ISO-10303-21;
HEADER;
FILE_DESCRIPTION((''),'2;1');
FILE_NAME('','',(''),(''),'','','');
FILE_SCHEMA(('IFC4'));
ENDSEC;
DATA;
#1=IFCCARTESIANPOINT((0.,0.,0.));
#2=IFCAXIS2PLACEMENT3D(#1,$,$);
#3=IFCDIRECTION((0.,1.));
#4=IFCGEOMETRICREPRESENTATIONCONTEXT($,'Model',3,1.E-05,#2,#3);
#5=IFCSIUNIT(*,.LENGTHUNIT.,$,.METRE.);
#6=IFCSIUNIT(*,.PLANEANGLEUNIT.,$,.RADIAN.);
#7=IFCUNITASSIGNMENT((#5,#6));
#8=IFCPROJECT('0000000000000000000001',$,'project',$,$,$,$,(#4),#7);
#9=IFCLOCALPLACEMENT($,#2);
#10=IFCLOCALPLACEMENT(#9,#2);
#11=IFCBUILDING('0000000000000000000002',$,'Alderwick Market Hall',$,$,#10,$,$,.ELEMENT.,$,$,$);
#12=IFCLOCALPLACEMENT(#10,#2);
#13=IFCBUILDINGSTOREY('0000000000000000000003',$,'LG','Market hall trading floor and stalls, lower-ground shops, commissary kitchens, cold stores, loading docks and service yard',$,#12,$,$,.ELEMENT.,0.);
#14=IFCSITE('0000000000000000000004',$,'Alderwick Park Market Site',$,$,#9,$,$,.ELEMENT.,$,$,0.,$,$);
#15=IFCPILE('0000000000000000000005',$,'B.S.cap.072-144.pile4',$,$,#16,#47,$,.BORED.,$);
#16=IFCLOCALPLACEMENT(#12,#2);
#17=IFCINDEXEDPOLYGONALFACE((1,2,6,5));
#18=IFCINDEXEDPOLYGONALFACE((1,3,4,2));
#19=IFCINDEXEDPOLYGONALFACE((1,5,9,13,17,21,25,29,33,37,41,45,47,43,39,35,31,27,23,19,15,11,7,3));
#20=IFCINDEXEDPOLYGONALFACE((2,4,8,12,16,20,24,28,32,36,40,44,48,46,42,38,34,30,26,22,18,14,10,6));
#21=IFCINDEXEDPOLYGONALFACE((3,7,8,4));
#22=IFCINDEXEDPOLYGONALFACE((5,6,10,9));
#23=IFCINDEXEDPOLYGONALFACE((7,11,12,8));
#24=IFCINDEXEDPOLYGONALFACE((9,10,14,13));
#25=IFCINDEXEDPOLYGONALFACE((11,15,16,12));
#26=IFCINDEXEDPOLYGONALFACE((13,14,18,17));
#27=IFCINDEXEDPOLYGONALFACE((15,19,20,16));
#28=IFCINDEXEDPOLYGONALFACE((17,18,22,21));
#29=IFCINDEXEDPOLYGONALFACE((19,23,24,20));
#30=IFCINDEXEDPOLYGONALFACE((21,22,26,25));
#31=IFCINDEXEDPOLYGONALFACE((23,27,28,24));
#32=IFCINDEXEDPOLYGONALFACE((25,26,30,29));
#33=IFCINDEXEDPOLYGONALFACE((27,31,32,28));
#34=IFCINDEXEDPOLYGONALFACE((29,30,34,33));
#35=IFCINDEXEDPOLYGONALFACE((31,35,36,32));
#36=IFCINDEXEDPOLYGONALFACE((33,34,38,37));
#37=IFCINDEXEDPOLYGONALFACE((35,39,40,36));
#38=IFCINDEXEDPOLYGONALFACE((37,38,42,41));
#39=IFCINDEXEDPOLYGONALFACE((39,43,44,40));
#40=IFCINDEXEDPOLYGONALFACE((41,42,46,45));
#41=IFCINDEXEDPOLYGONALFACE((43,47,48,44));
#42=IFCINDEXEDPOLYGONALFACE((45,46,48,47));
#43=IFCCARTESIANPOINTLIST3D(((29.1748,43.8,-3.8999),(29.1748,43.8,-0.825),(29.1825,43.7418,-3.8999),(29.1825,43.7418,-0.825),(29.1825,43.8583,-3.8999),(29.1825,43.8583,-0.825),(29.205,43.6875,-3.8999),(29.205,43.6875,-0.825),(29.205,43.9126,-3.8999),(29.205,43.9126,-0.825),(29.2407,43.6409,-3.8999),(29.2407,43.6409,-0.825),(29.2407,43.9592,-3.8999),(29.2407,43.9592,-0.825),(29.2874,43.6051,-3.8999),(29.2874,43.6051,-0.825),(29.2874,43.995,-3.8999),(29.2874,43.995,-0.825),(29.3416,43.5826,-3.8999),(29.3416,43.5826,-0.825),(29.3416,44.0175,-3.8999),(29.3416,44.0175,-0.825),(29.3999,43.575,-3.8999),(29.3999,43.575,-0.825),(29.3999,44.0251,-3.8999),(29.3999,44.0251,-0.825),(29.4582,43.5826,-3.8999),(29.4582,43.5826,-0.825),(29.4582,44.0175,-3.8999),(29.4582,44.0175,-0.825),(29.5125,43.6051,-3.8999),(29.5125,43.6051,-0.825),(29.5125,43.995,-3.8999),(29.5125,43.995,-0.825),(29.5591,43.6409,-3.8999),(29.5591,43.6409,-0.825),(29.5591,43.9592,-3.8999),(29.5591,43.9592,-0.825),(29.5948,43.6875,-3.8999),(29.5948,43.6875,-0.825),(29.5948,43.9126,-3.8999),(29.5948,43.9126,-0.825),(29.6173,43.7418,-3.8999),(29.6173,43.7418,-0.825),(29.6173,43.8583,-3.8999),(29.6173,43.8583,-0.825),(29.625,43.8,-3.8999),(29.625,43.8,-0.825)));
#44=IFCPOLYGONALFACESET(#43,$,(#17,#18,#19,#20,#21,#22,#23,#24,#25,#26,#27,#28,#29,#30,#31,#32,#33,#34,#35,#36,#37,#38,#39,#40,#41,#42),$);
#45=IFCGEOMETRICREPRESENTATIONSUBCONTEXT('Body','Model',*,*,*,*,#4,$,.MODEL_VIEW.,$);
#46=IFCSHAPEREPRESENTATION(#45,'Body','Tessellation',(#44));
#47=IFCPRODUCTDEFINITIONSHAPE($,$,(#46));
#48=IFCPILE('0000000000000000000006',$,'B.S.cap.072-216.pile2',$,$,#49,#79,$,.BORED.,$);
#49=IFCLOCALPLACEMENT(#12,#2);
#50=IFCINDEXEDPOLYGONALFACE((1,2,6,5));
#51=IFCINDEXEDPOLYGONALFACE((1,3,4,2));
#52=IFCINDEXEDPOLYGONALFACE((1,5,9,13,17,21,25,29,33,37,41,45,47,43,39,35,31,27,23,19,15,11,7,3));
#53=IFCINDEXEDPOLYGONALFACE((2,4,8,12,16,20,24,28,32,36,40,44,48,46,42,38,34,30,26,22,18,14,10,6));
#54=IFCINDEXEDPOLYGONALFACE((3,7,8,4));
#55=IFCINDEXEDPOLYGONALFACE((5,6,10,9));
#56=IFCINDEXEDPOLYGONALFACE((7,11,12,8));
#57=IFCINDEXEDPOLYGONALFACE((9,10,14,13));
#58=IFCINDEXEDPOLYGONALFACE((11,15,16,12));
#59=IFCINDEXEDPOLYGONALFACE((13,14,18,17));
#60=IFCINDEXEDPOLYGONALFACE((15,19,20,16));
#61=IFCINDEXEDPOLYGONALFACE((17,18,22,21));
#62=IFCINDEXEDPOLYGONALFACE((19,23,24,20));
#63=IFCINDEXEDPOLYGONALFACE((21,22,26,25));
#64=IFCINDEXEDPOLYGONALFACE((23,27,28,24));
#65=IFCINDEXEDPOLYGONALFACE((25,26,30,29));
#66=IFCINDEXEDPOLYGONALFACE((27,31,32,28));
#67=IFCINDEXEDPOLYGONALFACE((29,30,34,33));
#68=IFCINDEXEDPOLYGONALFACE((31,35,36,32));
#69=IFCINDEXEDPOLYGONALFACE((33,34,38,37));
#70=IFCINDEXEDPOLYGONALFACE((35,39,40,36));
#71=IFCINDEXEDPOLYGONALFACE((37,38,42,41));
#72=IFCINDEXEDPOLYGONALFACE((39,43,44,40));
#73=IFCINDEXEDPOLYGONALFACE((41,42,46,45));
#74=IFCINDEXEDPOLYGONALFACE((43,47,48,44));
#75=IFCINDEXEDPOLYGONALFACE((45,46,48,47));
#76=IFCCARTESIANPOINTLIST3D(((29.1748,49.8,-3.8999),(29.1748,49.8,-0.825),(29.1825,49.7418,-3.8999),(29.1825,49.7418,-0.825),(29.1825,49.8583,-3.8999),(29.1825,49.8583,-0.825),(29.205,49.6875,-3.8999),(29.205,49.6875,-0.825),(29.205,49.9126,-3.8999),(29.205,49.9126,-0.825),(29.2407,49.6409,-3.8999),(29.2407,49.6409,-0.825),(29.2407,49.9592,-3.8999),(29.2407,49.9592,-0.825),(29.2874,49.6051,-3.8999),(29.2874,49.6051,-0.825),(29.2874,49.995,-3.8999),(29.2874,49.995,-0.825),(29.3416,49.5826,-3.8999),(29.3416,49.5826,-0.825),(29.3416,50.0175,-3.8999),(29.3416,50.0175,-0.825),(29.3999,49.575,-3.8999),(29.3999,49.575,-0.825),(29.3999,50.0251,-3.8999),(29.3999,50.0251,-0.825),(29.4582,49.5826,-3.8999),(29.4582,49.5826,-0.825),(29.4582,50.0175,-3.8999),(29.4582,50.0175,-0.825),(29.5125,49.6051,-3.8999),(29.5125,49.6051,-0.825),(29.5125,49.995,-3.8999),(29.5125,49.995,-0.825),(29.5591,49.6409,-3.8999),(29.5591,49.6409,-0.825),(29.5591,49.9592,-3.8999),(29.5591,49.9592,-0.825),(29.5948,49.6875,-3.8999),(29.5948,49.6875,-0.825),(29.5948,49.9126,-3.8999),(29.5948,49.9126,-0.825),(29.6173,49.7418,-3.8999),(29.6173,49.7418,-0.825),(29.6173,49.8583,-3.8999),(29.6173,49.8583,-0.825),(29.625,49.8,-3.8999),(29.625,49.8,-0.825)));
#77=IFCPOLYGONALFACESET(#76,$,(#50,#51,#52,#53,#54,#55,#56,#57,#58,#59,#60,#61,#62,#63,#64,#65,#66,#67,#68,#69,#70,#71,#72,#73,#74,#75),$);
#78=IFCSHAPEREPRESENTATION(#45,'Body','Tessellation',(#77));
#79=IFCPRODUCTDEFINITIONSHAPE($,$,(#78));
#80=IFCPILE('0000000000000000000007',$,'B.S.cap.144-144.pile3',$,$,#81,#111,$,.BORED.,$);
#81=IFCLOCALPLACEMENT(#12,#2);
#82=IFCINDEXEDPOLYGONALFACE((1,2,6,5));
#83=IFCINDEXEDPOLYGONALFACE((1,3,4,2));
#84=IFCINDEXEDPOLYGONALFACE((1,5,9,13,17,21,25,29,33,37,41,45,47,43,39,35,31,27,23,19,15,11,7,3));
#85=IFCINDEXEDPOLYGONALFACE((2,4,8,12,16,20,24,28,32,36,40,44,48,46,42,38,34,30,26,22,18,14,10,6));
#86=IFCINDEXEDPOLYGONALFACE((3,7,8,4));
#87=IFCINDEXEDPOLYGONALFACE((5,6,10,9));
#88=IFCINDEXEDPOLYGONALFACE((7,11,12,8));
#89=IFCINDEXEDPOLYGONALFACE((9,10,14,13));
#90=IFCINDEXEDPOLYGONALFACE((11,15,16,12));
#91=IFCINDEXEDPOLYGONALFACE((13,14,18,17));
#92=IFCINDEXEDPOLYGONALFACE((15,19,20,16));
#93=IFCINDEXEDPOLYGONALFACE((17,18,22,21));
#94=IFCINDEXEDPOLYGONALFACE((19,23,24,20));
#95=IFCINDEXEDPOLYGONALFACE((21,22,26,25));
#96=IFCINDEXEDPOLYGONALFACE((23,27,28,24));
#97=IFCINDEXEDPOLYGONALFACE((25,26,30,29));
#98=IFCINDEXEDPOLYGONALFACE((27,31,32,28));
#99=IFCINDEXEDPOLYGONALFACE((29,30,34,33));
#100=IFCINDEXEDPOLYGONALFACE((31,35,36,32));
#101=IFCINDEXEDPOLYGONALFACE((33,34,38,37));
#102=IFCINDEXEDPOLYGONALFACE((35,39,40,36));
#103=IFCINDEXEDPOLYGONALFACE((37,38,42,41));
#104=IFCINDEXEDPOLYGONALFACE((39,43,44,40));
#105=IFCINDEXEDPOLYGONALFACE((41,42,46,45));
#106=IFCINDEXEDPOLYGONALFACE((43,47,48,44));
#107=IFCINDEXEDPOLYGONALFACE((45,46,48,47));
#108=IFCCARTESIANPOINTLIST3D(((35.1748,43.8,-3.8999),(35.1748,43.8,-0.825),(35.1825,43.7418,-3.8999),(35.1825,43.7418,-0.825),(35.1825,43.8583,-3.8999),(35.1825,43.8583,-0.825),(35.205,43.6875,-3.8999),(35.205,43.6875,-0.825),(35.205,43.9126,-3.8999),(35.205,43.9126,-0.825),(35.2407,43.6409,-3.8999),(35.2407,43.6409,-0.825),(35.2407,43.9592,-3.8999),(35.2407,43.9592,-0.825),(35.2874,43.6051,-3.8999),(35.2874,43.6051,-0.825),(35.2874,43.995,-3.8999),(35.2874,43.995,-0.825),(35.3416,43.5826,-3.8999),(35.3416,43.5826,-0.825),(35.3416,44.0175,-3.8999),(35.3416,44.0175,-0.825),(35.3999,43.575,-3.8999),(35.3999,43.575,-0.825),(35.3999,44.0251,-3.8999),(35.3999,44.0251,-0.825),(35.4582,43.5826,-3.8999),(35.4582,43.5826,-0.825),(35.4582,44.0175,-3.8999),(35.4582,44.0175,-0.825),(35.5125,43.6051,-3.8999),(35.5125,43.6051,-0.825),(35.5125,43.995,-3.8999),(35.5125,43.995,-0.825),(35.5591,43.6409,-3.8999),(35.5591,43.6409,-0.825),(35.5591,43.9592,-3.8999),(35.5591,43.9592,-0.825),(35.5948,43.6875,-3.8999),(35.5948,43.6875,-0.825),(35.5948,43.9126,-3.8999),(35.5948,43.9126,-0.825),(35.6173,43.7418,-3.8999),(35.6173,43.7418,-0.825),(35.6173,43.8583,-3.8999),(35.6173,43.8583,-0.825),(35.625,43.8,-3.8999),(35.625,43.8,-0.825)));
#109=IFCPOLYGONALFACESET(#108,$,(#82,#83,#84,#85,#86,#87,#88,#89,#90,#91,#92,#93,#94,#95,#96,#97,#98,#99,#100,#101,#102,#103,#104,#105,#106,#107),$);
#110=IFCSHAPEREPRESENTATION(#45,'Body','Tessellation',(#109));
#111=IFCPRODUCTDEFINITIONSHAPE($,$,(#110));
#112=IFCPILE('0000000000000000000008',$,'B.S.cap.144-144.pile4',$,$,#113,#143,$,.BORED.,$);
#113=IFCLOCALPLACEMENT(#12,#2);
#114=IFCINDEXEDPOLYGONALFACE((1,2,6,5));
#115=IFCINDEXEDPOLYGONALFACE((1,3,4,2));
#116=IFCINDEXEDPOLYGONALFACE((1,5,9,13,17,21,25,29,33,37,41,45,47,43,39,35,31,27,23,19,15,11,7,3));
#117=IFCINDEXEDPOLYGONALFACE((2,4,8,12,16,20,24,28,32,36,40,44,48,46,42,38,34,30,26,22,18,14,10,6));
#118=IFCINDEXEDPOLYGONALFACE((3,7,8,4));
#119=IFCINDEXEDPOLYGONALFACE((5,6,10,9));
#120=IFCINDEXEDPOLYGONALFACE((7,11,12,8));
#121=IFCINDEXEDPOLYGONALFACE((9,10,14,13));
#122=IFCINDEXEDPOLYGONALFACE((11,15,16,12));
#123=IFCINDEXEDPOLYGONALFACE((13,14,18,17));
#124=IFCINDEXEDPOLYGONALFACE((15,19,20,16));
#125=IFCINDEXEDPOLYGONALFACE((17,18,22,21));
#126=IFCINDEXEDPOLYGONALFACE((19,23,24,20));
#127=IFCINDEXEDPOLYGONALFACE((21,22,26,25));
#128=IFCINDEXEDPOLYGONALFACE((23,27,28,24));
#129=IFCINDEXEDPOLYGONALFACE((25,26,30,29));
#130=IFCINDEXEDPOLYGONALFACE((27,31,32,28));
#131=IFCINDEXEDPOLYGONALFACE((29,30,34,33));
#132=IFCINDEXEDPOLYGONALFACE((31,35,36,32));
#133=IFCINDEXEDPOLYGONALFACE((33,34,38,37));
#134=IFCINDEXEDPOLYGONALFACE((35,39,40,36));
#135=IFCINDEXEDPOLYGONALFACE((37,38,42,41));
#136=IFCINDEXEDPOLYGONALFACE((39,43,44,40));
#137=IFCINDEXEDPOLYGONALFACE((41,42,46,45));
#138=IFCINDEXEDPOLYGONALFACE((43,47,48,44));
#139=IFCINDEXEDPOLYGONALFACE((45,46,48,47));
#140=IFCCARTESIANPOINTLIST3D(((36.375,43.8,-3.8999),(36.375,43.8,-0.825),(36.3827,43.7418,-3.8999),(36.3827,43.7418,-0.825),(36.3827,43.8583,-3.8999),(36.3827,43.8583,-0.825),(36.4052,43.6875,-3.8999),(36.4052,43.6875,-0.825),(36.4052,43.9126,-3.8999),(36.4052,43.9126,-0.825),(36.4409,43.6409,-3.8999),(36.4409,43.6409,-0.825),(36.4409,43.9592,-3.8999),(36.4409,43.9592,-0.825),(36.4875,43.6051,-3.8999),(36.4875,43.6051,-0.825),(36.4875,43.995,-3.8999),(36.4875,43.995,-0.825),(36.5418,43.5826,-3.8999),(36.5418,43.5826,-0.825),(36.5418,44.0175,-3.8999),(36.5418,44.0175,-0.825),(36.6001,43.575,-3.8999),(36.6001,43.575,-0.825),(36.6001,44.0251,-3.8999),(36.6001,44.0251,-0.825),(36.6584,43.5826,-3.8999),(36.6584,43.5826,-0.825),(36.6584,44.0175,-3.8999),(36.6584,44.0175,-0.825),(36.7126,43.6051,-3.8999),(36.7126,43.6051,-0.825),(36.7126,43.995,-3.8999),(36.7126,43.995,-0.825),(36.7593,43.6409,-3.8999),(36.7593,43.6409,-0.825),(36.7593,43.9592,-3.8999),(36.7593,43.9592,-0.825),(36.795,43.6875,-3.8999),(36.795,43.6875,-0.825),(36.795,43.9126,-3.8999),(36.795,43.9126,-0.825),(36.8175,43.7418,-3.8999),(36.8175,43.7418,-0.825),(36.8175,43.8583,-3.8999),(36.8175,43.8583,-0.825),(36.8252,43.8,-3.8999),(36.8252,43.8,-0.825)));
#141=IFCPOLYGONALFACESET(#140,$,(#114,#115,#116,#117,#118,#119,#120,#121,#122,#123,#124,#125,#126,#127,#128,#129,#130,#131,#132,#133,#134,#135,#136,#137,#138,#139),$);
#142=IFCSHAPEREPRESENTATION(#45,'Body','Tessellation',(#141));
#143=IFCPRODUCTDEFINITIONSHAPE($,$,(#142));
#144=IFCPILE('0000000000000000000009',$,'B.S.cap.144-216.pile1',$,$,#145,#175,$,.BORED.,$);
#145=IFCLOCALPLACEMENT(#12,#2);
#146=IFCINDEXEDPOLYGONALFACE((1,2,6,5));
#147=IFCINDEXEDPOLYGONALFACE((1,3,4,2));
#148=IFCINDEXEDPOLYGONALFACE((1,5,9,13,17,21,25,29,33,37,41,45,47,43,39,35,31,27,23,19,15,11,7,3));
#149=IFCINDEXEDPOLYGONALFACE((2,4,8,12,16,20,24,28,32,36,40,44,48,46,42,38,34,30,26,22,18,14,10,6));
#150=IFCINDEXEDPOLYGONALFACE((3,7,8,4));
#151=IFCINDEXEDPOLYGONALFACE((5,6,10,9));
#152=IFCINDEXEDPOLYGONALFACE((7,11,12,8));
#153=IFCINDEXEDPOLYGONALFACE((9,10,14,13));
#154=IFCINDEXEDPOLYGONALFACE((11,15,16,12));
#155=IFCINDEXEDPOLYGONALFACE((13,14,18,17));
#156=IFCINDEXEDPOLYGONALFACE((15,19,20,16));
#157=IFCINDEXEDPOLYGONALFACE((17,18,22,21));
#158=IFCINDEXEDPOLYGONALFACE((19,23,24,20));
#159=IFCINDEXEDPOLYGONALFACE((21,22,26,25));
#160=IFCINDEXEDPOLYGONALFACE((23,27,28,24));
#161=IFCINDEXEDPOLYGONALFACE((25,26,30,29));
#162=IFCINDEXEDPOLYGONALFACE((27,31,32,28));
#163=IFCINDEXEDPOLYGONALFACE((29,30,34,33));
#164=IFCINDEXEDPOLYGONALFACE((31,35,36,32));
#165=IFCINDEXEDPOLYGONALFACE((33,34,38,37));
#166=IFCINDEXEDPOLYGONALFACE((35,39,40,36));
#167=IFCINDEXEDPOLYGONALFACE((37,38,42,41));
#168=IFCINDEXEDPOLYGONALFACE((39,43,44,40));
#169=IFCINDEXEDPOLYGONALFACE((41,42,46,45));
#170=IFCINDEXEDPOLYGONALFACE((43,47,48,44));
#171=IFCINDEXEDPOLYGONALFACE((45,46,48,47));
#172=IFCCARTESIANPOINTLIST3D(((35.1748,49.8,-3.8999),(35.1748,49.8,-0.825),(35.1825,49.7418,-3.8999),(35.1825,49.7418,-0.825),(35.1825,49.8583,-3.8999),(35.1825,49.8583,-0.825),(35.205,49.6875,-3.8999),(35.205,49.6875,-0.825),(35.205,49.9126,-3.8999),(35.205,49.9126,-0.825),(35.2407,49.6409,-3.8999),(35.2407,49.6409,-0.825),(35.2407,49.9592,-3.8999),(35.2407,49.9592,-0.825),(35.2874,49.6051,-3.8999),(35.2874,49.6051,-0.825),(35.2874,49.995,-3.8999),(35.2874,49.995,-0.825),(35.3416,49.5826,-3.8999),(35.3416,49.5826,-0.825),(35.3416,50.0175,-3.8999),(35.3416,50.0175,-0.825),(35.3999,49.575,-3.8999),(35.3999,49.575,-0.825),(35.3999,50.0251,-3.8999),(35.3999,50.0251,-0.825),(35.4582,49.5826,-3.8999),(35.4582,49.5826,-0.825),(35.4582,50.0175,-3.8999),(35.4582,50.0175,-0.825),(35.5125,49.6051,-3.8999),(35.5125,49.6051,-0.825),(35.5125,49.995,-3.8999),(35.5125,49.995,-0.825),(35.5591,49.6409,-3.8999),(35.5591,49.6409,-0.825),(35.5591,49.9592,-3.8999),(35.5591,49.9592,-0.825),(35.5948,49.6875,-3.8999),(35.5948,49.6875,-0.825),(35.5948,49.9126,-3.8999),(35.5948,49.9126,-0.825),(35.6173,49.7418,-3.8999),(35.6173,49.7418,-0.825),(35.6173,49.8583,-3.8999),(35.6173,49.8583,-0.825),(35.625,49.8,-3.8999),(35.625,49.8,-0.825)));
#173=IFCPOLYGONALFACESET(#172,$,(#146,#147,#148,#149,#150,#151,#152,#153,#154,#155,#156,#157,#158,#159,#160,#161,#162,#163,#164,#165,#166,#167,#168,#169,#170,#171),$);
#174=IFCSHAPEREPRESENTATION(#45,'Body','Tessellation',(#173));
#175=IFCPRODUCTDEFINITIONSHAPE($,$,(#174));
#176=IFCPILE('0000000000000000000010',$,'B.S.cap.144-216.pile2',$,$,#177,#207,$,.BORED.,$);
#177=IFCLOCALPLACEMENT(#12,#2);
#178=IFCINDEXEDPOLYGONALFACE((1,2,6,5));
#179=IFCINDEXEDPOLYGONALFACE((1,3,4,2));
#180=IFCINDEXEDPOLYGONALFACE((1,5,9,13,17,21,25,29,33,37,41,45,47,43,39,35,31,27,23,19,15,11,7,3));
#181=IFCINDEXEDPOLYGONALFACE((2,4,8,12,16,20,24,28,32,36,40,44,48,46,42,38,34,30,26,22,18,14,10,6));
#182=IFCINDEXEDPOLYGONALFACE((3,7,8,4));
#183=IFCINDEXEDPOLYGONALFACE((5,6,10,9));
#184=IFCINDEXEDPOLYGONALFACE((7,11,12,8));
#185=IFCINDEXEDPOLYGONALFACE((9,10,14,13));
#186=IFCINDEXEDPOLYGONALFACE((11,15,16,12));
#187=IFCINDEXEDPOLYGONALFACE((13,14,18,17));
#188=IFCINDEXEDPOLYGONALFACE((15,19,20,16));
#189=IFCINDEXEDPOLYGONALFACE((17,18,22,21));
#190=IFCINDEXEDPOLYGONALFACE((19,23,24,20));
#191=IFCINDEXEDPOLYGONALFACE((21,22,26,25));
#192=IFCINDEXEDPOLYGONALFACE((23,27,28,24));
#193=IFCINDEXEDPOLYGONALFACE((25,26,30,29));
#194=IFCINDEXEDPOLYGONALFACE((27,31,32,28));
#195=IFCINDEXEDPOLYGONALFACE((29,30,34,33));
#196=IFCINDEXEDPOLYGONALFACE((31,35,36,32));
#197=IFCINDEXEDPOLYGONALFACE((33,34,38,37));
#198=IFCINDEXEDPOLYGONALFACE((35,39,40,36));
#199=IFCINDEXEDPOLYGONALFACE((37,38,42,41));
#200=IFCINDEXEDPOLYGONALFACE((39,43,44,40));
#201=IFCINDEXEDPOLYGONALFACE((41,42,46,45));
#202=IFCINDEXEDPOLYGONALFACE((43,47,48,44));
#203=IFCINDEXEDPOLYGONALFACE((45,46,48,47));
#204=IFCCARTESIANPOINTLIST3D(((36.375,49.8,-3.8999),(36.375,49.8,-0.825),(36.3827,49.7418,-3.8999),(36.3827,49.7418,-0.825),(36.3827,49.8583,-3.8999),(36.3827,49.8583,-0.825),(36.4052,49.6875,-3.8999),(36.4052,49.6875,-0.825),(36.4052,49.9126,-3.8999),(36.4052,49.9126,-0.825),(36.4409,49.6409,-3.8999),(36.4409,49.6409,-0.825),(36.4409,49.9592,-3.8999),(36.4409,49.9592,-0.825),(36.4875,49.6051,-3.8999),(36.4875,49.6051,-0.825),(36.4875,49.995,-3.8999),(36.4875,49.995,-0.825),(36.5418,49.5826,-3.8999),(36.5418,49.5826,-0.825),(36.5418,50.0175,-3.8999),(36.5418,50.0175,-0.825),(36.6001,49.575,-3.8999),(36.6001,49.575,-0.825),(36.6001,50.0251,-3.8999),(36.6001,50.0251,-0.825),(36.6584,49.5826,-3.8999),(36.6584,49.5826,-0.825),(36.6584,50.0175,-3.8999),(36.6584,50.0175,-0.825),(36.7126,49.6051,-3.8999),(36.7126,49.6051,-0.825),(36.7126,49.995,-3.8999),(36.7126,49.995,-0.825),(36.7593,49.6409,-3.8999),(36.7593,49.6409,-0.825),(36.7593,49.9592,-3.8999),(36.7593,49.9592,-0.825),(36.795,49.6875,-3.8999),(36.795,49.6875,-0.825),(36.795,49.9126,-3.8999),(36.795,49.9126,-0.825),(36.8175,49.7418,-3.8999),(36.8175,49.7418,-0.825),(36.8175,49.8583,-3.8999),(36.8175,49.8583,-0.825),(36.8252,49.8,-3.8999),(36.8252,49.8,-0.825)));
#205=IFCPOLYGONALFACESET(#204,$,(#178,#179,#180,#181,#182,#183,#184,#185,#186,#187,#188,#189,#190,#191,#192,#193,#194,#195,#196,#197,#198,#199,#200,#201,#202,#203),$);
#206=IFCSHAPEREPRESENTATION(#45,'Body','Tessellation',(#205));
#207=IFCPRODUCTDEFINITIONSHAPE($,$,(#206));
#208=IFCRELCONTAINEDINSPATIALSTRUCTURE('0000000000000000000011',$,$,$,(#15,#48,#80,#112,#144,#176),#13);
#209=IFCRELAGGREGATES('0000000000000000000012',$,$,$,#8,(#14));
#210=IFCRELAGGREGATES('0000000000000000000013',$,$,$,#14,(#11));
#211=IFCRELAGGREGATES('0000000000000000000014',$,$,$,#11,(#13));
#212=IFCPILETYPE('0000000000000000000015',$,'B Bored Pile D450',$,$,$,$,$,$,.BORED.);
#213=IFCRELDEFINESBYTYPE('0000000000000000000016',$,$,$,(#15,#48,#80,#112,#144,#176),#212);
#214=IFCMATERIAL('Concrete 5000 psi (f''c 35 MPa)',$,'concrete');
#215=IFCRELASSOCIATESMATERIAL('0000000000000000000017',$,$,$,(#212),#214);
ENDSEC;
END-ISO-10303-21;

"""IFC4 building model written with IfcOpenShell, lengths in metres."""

from ifc_helpers import new_model, si_unit, direction, frame, origin, origin_2d, place, context, subcontext, project, spatial, circle, extrude, material, material_profile, profile_set, type_object, element, save


model = new_model("IFC4")

# Units and contexts
model_context = context("Model", 3, precision=1e-05, world=origin(), true_north=direction((0.0, 1.0)))
body_context = subcontext(model_context, "Body", "Model", "MODEL_VIEW")
ifc_project = project(units=[si_unit("LENGTHUNIT", "METRE"), si_unit("PLANEANGLEUNIT", "RADIAN")], contexts=[model_context])

# Site, building, storey
site_placement = place(None, origin())
site = spatial("IfcSite", under=ifc_project, at=site_placement, Name="Alderwick Park Market Site", CompositionType="ELEMENT", RefElevation=0.0)
building_placement = place(site_placement, origin())
building = spatial("IfcBuilding", under=site, at=building_placement, Name="Alderwick Market Hall", CompositionType="ELEMENT")
storey_placement = place(building_placement, origin())
storey = spatial("IfcBuildingStorey", under=building, at=storey_placement, Name="LG", Description="Market hall trading floor and stalls, lower-ground shops, commissary kitchens, cold stores, loading docks and service yard", CompositionType="ELEMENT", Elevation=0.0)

# Piles
ifc_material_1 = material(Name="Concrete 5000 psi (f'c 35 MPa)", Category="concrete")
ifc_material_profile_1 = material_profile(ifc_material_1, circle(Radius=0.2251, at=origin_2d()), Name="B Bored Pile D450")
ifc_profile_set_1 = profile_set([ifc_material_profile_1], Name="Concrete 5000 psi (f'c 35 MPa)")
pile_type = type_object("IfcPileType", Name="B Bored Pile D450", PredefinedType="BORED", material=ifc_profile_set_1)
for number, where, z_axis, x_axis, name in (
    (1, (29.3999, 43.8, -0.825), (0.0, 0.0, -1.0), (1.0, 0.0, 0.0), "B.S.cap.072-144.pile4"),
    (2, (29.3999, 49.8, -0.825), (0.0, 0.0, -1.0), (1.0, 0.0, 0.0), "B.S.cap.072-216.pile2"),
    (3, (35.3999, 43.8, -0.825), (0.0, 0.0, -1.0), (1.0, 0.0, 0.0), "B.S.cap.144-144.pile3"),
    (4, (36.6001, 43.8, -0.825), (0.0, 0.0, -1.0), (1.0, 0.0, 0.0), "B.S.cap.144-144.pile4"),
    (5, (35.3999, 49.8, -0.825), (0.0, 0.0, -1.0), (1.0, 0.0, 0.0), "B.S.cap.144-216.pile1"),
    (6, (36.6001, 49.8, -0.825), (0.0, 0.0, -1.0), (1.0, 0.0, 0.0), "B.S.cap.144-216.pile2"),
):
    element("IfcPile", number, at=place(storey_placement, frame(where, z_axis=z_axis, x_axis=x_axis)), inside=storey, type_object=pile_type, Name=name, PredefinedType="BORED", context=body_context, shape_type="SweptSolid", body=[
        extrude(circle(Radius=0.2251, at=origin_2d()), origin(), (0.0, 0.0, 1.0), 3.075),
    ])

save(model, "model.ifc")
